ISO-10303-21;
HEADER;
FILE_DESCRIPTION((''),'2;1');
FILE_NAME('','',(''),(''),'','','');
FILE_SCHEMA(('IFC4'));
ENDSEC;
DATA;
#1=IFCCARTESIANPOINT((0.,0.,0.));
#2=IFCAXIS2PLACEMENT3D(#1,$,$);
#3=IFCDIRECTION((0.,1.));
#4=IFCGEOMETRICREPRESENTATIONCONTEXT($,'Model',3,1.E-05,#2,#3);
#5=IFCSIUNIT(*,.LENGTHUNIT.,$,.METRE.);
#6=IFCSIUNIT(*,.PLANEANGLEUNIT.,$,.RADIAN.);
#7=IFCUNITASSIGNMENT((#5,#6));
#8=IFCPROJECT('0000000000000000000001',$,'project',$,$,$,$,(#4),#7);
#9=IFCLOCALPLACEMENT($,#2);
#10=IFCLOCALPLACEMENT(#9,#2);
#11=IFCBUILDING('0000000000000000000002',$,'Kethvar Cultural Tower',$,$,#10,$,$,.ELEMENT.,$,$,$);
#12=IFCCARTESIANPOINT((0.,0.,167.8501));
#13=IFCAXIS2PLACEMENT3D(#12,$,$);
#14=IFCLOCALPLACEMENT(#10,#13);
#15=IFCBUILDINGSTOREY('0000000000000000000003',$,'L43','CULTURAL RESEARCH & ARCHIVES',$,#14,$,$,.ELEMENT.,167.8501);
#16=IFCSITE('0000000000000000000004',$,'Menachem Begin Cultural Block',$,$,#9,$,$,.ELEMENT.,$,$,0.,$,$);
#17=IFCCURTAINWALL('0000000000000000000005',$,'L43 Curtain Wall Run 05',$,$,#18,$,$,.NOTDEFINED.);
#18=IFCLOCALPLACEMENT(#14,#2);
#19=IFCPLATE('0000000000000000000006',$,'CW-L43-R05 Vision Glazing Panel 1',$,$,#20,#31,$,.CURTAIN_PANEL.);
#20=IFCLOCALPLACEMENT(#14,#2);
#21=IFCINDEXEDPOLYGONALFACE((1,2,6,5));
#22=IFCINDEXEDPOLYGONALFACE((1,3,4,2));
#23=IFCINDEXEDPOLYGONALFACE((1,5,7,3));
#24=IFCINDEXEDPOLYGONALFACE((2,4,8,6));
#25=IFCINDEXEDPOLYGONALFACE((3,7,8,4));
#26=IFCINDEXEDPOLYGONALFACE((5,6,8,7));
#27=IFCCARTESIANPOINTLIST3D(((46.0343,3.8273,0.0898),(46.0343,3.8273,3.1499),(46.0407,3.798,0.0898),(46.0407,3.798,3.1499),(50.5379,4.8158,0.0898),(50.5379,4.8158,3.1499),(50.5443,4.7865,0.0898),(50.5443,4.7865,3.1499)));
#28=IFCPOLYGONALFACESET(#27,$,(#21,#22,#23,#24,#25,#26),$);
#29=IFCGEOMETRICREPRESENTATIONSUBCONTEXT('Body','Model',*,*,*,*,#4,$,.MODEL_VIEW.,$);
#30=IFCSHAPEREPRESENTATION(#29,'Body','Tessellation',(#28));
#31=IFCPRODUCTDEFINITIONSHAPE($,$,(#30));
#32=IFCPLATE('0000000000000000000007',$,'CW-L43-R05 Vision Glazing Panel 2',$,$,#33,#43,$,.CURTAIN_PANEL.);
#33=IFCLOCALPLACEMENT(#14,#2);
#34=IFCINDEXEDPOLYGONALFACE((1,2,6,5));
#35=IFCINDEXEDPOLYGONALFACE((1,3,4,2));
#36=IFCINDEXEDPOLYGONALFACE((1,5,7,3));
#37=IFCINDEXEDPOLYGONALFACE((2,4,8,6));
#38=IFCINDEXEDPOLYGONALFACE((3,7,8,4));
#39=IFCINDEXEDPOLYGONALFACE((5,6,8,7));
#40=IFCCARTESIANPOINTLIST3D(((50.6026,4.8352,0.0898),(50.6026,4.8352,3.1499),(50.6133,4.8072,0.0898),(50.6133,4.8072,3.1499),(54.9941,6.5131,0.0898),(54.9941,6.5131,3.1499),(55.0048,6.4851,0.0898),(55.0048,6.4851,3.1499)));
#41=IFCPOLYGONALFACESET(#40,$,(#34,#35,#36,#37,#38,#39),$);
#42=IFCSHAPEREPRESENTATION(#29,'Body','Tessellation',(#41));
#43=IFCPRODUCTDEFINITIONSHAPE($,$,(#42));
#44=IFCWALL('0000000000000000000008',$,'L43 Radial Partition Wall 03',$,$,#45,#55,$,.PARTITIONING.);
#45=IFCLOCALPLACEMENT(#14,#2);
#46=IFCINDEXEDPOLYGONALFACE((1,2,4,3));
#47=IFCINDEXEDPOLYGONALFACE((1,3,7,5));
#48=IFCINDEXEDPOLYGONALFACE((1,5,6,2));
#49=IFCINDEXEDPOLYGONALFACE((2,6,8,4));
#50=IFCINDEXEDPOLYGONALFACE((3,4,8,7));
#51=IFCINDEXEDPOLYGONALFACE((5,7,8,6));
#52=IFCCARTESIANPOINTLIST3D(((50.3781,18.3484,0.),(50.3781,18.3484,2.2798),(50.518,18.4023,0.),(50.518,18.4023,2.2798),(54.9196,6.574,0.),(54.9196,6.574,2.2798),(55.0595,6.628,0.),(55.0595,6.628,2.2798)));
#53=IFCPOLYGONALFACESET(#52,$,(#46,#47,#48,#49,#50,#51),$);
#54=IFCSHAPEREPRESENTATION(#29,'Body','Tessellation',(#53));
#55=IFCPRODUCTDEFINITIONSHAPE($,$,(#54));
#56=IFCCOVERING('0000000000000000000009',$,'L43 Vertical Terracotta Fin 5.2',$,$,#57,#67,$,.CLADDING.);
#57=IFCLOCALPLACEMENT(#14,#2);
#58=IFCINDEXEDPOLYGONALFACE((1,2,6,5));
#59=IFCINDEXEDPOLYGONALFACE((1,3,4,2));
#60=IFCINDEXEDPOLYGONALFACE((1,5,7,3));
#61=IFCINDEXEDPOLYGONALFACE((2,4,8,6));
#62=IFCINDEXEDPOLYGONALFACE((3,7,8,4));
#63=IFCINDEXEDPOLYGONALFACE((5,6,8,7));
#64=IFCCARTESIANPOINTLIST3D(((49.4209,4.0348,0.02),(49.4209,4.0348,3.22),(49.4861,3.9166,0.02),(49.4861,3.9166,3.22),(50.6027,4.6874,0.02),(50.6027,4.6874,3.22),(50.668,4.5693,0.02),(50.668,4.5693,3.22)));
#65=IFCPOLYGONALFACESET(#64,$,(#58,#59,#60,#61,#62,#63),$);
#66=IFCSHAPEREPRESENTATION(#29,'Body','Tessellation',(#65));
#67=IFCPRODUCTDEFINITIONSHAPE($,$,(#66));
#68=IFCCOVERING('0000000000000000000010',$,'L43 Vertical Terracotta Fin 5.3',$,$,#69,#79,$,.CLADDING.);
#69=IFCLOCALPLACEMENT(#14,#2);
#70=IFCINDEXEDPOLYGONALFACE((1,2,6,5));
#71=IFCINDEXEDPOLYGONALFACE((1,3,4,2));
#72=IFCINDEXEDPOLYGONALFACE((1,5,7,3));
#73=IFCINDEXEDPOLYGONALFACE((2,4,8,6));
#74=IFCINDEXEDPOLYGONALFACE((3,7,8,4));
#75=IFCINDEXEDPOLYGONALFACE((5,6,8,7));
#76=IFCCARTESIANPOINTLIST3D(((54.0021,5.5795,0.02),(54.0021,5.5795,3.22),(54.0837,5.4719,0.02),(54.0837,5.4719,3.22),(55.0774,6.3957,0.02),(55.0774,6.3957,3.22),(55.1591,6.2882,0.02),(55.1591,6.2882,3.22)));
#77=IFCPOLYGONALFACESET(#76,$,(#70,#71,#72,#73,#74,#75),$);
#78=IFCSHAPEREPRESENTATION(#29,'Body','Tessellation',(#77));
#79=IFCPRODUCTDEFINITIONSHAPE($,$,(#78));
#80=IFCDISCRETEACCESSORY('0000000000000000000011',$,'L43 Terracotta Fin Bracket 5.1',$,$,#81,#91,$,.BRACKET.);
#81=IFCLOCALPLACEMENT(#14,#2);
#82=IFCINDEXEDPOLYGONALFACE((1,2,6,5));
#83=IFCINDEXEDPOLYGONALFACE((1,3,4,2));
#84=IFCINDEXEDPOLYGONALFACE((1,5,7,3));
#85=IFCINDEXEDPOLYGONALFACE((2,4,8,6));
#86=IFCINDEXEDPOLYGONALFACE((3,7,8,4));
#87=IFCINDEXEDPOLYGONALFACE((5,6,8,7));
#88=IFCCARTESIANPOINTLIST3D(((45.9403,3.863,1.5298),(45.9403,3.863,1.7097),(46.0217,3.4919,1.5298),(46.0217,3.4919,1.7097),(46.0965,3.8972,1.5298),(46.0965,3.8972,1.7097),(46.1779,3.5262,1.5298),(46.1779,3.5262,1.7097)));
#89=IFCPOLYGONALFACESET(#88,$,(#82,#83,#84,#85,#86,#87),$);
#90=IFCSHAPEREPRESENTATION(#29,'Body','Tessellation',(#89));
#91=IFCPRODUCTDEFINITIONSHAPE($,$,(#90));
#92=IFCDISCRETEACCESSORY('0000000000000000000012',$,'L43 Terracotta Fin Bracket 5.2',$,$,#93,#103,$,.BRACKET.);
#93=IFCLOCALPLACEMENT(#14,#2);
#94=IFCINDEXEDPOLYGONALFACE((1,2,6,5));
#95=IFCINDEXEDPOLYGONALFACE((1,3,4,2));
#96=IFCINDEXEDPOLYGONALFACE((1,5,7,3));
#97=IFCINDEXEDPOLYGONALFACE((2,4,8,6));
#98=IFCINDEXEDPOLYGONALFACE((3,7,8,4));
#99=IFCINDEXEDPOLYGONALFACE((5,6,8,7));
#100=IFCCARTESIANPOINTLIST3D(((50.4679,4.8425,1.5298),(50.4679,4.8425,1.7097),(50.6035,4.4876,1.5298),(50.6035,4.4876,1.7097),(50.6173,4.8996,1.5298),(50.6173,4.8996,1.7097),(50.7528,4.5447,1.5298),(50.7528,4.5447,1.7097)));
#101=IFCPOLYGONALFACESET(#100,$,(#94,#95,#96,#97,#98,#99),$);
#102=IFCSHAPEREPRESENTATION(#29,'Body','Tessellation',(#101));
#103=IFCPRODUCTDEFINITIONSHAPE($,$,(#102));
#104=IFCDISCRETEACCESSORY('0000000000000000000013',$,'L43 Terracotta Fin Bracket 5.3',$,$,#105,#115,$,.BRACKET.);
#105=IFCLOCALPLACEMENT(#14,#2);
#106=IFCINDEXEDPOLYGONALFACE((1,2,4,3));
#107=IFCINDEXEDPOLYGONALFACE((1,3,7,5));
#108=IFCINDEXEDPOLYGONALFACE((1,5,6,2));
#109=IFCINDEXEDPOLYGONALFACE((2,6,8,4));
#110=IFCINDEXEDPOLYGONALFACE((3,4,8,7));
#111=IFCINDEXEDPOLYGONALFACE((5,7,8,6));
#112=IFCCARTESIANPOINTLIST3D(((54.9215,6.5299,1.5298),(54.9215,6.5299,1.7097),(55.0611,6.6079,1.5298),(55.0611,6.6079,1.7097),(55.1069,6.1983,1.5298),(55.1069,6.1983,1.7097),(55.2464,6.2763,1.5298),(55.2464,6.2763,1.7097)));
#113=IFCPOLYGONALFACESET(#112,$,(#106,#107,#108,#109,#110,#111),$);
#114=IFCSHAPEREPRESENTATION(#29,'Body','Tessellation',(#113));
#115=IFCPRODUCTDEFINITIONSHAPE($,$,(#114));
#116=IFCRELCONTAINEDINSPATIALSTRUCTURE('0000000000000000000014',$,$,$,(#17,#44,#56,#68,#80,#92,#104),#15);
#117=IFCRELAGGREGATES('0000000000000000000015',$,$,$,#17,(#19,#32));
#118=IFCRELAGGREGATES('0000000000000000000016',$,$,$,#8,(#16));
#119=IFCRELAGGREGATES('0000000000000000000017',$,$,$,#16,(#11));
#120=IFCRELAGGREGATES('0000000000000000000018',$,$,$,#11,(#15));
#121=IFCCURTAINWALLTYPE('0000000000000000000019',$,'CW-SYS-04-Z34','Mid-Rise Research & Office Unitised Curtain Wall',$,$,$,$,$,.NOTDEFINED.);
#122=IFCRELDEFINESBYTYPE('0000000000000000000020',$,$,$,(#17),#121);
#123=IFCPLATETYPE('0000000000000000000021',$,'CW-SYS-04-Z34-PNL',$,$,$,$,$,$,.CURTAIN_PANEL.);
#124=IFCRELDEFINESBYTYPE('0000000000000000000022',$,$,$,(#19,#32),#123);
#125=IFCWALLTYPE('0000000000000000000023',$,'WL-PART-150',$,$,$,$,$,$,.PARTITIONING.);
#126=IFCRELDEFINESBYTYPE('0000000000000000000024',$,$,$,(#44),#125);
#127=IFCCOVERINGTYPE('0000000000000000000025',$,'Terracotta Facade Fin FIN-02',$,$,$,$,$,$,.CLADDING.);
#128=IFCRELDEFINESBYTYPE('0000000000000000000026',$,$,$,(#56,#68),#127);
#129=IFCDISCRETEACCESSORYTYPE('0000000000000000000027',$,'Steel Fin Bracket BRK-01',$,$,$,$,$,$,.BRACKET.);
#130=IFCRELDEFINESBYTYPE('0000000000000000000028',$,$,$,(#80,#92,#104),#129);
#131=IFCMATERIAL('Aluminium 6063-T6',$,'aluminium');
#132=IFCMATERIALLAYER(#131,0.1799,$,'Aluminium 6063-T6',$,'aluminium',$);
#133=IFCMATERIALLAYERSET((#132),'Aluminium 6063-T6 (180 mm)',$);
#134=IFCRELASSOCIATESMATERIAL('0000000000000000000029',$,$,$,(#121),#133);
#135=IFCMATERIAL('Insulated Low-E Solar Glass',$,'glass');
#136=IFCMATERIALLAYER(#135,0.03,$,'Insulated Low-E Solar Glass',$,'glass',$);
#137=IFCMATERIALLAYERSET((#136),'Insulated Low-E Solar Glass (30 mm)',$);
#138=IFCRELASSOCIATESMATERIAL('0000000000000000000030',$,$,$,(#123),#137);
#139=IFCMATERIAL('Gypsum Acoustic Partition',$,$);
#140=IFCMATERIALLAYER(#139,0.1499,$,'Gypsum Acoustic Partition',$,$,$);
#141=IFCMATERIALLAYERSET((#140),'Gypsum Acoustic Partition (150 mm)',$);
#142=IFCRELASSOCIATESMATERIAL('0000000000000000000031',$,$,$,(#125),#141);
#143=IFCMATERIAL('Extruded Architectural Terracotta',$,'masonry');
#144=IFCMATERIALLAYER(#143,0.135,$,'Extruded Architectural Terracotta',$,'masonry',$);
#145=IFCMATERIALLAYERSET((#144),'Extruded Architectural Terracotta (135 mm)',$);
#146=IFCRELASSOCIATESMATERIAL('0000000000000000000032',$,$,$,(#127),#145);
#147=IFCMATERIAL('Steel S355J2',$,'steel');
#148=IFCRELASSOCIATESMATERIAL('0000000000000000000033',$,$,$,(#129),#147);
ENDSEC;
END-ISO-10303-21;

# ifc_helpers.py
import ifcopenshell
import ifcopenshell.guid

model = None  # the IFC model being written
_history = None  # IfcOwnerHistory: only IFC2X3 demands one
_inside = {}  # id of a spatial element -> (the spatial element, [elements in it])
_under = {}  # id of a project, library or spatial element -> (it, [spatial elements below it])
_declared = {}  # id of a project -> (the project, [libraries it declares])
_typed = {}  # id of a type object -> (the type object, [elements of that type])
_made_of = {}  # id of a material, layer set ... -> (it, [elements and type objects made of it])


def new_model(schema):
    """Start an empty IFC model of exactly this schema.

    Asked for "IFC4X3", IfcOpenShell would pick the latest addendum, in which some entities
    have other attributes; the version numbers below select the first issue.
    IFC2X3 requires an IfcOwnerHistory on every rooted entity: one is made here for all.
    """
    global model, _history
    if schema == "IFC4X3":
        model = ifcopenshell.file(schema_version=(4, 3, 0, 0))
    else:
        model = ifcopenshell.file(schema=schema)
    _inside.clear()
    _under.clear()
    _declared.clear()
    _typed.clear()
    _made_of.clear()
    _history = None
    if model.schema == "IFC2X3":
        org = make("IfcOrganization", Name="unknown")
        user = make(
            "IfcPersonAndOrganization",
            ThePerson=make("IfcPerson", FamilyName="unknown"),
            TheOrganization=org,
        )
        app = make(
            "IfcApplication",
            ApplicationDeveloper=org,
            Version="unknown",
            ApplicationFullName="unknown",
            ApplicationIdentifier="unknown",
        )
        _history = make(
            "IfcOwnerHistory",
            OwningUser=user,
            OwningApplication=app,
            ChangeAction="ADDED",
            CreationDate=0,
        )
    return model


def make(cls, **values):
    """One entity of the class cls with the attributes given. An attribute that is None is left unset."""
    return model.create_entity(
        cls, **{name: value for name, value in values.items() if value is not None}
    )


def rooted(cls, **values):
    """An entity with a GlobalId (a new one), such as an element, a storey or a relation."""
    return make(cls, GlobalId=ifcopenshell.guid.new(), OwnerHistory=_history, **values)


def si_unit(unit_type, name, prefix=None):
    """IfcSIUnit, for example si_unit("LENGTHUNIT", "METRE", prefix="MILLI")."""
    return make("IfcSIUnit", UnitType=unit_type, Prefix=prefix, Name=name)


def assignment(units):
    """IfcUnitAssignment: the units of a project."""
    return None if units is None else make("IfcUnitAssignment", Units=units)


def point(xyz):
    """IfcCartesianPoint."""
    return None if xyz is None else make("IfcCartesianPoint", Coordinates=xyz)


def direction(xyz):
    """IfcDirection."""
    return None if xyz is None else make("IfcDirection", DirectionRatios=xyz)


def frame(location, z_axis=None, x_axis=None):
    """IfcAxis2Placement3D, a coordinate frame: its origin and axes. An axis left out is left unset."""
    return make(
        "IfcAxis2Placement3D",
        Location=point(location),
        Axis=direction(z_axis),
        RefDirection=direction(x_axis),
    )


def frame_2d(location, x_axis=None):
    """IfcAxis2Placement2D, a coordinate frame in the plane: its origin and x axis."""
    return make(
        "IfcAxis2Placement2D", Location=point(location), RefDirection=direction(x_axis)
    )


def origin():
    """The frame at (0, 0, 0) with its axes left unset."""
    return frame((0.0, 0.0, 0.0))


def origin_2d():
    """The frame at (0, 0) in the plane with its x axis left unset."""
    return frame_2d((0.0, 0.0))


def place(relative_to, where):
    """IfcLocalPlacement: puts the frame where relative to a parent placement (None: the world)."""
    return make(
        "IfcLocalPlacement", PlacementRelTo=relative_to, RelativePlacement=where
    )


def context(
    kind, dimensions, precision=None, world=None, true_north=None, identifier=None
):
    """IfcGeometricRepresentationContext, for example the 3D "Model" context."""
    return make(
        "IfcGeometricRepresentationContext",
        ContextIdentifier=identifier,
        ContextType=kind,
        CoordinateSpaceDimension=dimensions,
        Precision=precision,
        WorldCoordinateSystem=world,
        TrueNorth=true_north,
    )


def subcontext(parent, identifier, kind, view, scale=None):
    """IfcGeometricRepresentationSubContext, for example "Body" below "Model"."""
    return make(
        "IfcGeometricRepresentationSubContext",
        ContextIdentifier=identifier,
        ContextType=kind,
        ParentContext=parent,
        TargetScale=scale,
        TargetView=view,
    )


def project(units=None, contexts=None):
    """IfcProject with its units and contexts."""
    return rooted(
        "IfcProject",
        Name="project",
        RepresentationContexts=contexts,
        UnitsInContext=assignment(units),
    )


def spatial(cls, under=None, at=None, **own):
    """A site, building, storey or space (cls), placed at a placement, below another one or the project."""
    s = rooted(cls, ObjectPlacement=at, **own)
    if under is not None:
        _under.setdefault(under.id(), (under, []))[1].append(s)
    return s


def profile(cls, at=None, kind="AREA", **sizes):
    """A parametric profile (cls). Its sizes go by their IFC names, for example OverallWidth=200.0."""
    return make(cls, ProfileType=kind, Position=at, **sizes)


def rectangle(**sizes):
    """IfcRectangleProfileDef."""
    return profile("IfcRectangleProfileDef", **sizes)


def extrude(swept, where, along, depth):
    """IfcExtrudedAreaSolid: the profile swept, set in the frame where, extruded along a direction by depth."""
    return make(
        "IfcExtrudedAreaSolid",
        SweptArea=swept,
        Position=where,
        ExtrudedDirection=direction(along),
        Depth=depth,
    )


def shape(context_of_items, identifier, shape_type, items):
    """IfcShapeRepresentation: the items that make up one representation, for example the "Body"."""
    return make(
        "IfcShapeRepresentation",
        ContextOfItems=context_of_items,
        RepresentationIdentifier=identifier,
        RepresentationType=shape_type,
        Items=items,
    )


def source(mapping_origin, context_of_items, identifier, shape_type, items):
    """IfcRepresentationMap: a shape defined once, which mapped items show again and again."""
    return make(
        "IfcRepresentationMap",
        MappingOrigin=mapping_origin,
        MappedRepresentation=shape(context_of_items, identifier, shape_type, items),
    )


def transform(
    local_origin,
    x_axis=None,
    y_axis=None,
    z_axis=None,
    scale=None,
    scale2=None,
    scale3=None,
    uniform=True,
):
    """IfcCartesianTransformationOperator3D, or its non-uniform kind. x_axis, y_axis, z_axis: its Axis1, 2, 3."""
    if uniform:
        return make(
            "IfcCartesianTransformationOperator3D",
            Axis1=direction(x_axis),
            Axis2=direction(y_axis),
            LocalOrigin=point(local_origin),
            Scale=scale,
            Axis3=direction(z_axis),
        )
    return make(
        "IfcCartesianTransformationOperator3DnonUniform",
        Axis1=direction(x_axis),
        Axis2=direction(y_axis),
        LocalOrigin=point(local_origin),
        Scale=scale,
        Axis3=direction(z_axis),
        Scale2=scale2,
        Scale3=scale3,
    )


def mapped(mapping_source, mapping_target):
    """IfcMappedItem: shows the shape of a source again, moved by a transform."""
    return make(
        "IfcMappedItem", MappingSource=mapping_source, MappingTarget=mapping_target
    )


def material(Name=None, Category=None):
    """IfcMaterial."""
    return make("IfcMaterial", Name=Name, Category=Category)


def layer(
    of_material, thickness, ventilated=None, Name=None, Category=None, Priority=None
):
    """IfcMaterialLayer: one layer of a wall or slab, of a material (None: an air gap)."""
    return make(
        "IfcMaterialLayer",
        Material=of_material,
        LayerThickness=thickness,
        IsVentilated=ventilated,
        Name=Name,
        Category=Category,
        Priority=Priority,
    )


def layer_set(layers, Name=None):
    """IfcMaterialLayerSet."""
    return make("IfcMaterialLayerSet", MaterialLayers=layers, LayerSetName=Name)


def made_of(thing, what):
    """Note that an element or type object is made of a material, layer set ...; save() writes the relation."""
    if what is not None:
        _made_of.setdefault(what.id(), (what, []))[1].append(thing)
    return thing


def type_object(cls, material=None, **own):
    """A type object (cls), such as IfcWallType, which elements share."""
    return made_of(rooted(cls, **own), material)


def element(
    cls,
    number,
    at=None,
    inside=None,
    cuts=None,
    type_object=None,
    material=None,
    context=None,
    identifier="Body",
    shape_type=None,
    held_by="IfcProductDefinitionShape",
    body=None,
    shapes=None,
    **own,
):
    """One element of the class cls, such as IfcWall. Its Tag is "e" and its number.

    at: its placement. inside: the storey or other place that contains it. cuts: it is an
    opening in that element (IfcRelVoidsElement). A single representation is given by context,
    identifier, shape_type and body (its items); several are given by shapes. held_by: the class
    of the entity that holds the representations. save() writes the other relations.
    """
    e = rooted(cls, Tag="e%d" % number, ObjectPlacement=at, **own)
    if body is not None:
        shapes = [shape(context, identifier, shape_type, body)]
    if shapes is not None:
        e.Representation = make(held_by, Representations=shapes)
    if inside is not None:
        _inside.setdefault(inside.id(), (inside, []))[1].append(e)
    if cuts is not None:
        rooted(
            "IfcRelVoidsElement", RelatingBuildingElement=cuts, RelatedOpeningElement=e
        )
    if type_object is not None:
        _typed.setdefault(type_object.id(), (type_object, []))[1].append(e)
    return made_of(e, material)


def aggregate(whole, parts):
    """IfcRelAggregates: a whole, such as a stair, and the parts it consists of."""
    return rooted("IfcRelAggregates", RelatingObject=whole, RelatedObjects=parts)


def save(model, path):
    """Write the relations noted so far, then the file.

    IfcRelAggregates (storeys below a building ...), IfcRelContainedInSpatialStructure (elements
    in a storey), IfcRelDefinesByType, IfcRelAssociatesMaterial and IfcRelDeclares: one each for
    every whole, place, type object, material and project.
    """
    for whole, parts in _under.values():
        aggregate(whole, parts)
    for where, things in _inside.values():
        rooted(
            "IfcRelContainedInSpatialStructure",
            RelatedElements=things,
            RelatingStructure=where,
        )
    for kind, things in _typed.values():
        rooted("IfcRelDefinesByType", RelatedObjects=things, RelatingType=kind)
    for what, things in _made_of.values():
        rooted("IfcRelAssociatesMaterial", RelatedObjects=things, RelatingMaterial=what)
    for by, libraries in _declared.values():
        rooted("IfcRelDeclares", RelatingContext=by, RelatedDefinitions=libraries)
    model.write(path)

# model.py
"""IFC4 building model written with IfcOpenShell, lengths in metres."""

from ifc_helpers import new_model, si_unit, direction, frame, frame_2d, origin, origin_2d, place, context, subcontext, project, spatial, rectangle, extrude, source, transform, mapped, material, layer, layer_set, type_object, element, aggregate, save


model = new_model("IFC4")

# Units and contexts
model_context = context("Model", 3, precision=1e-05, world=origin(), true_north=direction((0.0, 1.0)))
body_context = subcontext(model_context, "Body", "Model", "MODEL_VIEW")
ifc_project = project(units=[si_unit("LENGTHUNIT", "METRE"), si_unit("PLANEANGLEUNIT", "RADIAN")], contexts=[model_context])

# Site, building, storey
site_placement = place(None, origin())
site = spatial("IfcSite", under=ifc_project, at=site_placement, Name="Menachem Begin Cultural Block", CompositionType="ELEMENT", RefElevation=0.0)
building_placement = place(site_placement, origin())
building = spatial("IfcBuilding", under=site, at=building_placement, Name="Kethvar Cultural Tower", CompositionType="ELEMENT")
storey_placement = place(building_placement, frame((0.0, 0.0, 167.8501)))
storey = spatial("IfcBuildingStorey", under=building, at=storey_placement, Name="L43", Description="CULTURAL RESEARCH & ARCHIVES", CompositionType="ELEMENT", Elevation=167.8501)

# Shared definitions
ifc_material_1 = material(Name="Steel S355J2", Category="steel")

# Shared definitions
ifc_material_2 = material(Name="Aluminium 6063-T6", Category="aluminium")
ifc_layer_1 = layer(ifc_material_2, 0.1799, Name="Aluminium 6063-T6", Category="aluminium")
ifc_layer_set_1 = layer_set([ifc_layer_1], Name="Aluminium 6063-T6 (180 mm)")
curtain_wall_type = type_object("IfcCurtainWallType", Name="CW-SYS-04-Z34", Description="Mid-Rise Research & Office Unitised Curtain Wall", PredefinedType="NOTDEFINED", material=ifc_layer_set_1)

# Curtain wall, plates
curtain_wall_1_placement = place(storey_placement, origin())
curtain_wall_1 = element("IfcCurtainWall", 1, at=curtain_wall_1_placement, inside=storey, type_object=curtain_wall_type, Name="L43 Curtain Wall Run 05", PredefinedType="NOTDEFINED")
ifc_material_3 = material(Name="Insulated Low-E Solar Glass", Category="glass")
ifc_layer_2 = layer(ifc_material_3, 0.03, Name="Insulated Low-E Solar Glass", Category="glass")
ifc_layer_set_2 = layer_set([ifc_layer_2], Name="Insulated Low-E Solar Glass (30 mm)")
plate_type = type_object("IfcPlateType", Name="CW-SYS-04-Z34-PNL", PredefinedType="CURTAIN_PANEL", material=ifc_layer_set_2)
shared_shape_1 = source(origin(), body_context, "Body", "SweptSolid", [
    extrude(rectangle(XDim=4.6108, YDim=0.03, at=origin_2d()), origin(), (0.0, 0.0, 1.0), 3.0601),
])
plate_1_placement = place(storey_placement, frame((48.2893, 4.3069, 0.0898), z_axis=(0.0, 0.0, 1.0), x_axis=(0.976747, 0.214394, 0.0)))
plate_1 = element("IfcPlate", 2, at=plate_1_placement, type_object=plate_type, Name="CW-L43-R05 Vision Glazing Panel 1", PredefinedType="CURTAIN_PANEL", context=body_context, shape_type="MappedRepresentation", body=[
    mapped(shared_shape_1, transform((0.0, 0.0, 0.0), scale=1.0)),
])
shared_shape_2 = source(origin(), body_context, "Body", "SweptSolid", [
    extrude(rectangle(XDim=4.7012, YDim=0.03, at=origin_2d()), origin(), (0.0, 0.0, 1.0), 3.0601),
])
plate_2_placement = place(storey_placement, frame((52.8037, 5.6602, 0.0898), z_axis=(0.0, 0.0, 1.0), x_axis=(0.934136, 0.356917, 0.0)))
plate_2 = element("IfcPlate", 3, at=plate_2_placement, type_object=plate_type, Name="CW-L43-R05 Vision Glazing Panel 2", PredefinedType="CURTAIN_PANEL", context=body_context, shape_type="MappedRepresentation", body=[
    mapped(shared_shape_2, transform((0.0, 0.0, 0.0), scale=1.0)),
])
aggregate(curtain_wall_1, [plate_1, plate_2])

# Wall
ifc_material_4 = material(Name="Gypsum Acoustic Partition")
ifc_layer_3 = layer(ifc_material_4, 0.1499, Name="Gypsum Acoustic Partition")
ifc_layer_set_3 = layer_set([ifc_layer_3], Name="Gypsum Acoustic Partition (150 mm)")
wall_type = type_object("IfcWallType", Name="WL-PART-150", PredefinedType="PARTITIONING", material=ifc_layer_set_3)
wall_placement = place(storey_placement, frame((50.448, 18.3755, 0.0), z_axis=(0.0, 0.0, 1.0), x_axis=(0.359868, -0.933003, 0.0)))
element("IfcWall", 4, at=wall_placement, inside=storey, type_object=wall_type, Name="L43 Radial Partition Wall 03", PredefinedType="PARTITIONING", context=body_context, shape_type="SweptSolid", body=[
    extrude(rectangle(XDim=12.6199, YDim=0.1499, at=frame_2d((6.3101, 0.0))), origin(), (0.0, 0.0, 1.0), 2.2798),
])

# Coverings
ifc_material_5 = material(Name="Extruded Architectural Terracotta", Category="masonry")
ifc_layer_4 = layer(ifc_material_5, 0.135, Name="Extruded Architectural Terracotta", Category="masonry")
ifc_layer_set_4 = layer_set([ifc_layer_4], Name="Extruded Architectural Terracotta (135 mm)")
covering_type = type_object("IfcCoveringType", Name="Terracotta Facade Fin FIN-02", PredefinedType="CLADDING", material=ifc_layer_set_4)
shared_shape_3 = source(origin(), body_context, "Body", "SweptSolid", [
    extrude(rectangle(XDim=1.3501, YDim=0.135, at=origin_2d()), origin(), (0.0, 0.0, 1.0), 3.2),
])
for number, where, z_axis, x_axis, name in (
    (5, (50.0444, 4.302, 0.02), (0.0, 0.0, 1.0), (-0.87538, -0.483435, 0.0), "L43 Vertical Terracotta Fin 5.2"),
    (6, (54.5806, 5.9338, 0.02), (0.0, 0.0, 1.0), (-0.79653, -0.604599, 0.0), "L43 Vertical Terracotta Fin 5.3"),
):
    element("IfcCovering", number, at=place(storey_placement, frame(where, z_axis=z_axis, x_axis=x_axis)), inside=storey, type_object=covering_type, Name=name, PredefinedType="CLADDING", context=body_context, shape_type="MappedRepresentation", body=[
        mapped(shared_shape_3, transform((0.0, 0.0, 0.0), scale=1.0)),
    ])

# Discrete accessories
discrete_accessory_type = type_object("IfcDiscreteAccessoryType", Name="Steel Fin Bracket BRK-01", PredefinedType="BRACKET", material=ifc_material_1)
shared_shape_4 = source(origin(), body_context, "Body", "SweptSolid", [
    extrude(rectangle(XDim=0.3799, YDim=0.1599, at=origin_2d()), origin(), (0.0, 0.0, 1.0), 0.1799),
])
for number, where, z_axis, x_axis, name in (
    (7, (46.0591, 3.6946, 1.5298), (0.0, 0.0, 1.0), (0.214394, -0.976747, 0.0), "L43 Terracotta Fin Bracket 5.1"),
    (8, (50.6104, 4.6936, 1.5298), (0.0, 0.0, 1.0), (0.356901, -0.934142, 0.0), "L43 Terracotta Fin Bracket 5.2"),
    (9, (55.084, 6.4031, 1.5298), (0.0, 0.0, 1.0), (0.48786, -0.872922, 0.0), "L43 Terracotta Fin Bracket 5.3"),
):
    element("IfcDiscreteAccessory", number, at=place(storey_placement, frame(where, z_axis=z_axis, x_axis=x_axis)), inside=storey, type_object=discrete_accessory_type, Name=name, PredefinedType="BRACKET", context=body_context, shape_type="MappedRepresentation", body=[
        mapped(shared_shape_4, transform((0.0, 0.0, 0.0), scale=1.0)),
    ])

save(model, "model.ifc")
